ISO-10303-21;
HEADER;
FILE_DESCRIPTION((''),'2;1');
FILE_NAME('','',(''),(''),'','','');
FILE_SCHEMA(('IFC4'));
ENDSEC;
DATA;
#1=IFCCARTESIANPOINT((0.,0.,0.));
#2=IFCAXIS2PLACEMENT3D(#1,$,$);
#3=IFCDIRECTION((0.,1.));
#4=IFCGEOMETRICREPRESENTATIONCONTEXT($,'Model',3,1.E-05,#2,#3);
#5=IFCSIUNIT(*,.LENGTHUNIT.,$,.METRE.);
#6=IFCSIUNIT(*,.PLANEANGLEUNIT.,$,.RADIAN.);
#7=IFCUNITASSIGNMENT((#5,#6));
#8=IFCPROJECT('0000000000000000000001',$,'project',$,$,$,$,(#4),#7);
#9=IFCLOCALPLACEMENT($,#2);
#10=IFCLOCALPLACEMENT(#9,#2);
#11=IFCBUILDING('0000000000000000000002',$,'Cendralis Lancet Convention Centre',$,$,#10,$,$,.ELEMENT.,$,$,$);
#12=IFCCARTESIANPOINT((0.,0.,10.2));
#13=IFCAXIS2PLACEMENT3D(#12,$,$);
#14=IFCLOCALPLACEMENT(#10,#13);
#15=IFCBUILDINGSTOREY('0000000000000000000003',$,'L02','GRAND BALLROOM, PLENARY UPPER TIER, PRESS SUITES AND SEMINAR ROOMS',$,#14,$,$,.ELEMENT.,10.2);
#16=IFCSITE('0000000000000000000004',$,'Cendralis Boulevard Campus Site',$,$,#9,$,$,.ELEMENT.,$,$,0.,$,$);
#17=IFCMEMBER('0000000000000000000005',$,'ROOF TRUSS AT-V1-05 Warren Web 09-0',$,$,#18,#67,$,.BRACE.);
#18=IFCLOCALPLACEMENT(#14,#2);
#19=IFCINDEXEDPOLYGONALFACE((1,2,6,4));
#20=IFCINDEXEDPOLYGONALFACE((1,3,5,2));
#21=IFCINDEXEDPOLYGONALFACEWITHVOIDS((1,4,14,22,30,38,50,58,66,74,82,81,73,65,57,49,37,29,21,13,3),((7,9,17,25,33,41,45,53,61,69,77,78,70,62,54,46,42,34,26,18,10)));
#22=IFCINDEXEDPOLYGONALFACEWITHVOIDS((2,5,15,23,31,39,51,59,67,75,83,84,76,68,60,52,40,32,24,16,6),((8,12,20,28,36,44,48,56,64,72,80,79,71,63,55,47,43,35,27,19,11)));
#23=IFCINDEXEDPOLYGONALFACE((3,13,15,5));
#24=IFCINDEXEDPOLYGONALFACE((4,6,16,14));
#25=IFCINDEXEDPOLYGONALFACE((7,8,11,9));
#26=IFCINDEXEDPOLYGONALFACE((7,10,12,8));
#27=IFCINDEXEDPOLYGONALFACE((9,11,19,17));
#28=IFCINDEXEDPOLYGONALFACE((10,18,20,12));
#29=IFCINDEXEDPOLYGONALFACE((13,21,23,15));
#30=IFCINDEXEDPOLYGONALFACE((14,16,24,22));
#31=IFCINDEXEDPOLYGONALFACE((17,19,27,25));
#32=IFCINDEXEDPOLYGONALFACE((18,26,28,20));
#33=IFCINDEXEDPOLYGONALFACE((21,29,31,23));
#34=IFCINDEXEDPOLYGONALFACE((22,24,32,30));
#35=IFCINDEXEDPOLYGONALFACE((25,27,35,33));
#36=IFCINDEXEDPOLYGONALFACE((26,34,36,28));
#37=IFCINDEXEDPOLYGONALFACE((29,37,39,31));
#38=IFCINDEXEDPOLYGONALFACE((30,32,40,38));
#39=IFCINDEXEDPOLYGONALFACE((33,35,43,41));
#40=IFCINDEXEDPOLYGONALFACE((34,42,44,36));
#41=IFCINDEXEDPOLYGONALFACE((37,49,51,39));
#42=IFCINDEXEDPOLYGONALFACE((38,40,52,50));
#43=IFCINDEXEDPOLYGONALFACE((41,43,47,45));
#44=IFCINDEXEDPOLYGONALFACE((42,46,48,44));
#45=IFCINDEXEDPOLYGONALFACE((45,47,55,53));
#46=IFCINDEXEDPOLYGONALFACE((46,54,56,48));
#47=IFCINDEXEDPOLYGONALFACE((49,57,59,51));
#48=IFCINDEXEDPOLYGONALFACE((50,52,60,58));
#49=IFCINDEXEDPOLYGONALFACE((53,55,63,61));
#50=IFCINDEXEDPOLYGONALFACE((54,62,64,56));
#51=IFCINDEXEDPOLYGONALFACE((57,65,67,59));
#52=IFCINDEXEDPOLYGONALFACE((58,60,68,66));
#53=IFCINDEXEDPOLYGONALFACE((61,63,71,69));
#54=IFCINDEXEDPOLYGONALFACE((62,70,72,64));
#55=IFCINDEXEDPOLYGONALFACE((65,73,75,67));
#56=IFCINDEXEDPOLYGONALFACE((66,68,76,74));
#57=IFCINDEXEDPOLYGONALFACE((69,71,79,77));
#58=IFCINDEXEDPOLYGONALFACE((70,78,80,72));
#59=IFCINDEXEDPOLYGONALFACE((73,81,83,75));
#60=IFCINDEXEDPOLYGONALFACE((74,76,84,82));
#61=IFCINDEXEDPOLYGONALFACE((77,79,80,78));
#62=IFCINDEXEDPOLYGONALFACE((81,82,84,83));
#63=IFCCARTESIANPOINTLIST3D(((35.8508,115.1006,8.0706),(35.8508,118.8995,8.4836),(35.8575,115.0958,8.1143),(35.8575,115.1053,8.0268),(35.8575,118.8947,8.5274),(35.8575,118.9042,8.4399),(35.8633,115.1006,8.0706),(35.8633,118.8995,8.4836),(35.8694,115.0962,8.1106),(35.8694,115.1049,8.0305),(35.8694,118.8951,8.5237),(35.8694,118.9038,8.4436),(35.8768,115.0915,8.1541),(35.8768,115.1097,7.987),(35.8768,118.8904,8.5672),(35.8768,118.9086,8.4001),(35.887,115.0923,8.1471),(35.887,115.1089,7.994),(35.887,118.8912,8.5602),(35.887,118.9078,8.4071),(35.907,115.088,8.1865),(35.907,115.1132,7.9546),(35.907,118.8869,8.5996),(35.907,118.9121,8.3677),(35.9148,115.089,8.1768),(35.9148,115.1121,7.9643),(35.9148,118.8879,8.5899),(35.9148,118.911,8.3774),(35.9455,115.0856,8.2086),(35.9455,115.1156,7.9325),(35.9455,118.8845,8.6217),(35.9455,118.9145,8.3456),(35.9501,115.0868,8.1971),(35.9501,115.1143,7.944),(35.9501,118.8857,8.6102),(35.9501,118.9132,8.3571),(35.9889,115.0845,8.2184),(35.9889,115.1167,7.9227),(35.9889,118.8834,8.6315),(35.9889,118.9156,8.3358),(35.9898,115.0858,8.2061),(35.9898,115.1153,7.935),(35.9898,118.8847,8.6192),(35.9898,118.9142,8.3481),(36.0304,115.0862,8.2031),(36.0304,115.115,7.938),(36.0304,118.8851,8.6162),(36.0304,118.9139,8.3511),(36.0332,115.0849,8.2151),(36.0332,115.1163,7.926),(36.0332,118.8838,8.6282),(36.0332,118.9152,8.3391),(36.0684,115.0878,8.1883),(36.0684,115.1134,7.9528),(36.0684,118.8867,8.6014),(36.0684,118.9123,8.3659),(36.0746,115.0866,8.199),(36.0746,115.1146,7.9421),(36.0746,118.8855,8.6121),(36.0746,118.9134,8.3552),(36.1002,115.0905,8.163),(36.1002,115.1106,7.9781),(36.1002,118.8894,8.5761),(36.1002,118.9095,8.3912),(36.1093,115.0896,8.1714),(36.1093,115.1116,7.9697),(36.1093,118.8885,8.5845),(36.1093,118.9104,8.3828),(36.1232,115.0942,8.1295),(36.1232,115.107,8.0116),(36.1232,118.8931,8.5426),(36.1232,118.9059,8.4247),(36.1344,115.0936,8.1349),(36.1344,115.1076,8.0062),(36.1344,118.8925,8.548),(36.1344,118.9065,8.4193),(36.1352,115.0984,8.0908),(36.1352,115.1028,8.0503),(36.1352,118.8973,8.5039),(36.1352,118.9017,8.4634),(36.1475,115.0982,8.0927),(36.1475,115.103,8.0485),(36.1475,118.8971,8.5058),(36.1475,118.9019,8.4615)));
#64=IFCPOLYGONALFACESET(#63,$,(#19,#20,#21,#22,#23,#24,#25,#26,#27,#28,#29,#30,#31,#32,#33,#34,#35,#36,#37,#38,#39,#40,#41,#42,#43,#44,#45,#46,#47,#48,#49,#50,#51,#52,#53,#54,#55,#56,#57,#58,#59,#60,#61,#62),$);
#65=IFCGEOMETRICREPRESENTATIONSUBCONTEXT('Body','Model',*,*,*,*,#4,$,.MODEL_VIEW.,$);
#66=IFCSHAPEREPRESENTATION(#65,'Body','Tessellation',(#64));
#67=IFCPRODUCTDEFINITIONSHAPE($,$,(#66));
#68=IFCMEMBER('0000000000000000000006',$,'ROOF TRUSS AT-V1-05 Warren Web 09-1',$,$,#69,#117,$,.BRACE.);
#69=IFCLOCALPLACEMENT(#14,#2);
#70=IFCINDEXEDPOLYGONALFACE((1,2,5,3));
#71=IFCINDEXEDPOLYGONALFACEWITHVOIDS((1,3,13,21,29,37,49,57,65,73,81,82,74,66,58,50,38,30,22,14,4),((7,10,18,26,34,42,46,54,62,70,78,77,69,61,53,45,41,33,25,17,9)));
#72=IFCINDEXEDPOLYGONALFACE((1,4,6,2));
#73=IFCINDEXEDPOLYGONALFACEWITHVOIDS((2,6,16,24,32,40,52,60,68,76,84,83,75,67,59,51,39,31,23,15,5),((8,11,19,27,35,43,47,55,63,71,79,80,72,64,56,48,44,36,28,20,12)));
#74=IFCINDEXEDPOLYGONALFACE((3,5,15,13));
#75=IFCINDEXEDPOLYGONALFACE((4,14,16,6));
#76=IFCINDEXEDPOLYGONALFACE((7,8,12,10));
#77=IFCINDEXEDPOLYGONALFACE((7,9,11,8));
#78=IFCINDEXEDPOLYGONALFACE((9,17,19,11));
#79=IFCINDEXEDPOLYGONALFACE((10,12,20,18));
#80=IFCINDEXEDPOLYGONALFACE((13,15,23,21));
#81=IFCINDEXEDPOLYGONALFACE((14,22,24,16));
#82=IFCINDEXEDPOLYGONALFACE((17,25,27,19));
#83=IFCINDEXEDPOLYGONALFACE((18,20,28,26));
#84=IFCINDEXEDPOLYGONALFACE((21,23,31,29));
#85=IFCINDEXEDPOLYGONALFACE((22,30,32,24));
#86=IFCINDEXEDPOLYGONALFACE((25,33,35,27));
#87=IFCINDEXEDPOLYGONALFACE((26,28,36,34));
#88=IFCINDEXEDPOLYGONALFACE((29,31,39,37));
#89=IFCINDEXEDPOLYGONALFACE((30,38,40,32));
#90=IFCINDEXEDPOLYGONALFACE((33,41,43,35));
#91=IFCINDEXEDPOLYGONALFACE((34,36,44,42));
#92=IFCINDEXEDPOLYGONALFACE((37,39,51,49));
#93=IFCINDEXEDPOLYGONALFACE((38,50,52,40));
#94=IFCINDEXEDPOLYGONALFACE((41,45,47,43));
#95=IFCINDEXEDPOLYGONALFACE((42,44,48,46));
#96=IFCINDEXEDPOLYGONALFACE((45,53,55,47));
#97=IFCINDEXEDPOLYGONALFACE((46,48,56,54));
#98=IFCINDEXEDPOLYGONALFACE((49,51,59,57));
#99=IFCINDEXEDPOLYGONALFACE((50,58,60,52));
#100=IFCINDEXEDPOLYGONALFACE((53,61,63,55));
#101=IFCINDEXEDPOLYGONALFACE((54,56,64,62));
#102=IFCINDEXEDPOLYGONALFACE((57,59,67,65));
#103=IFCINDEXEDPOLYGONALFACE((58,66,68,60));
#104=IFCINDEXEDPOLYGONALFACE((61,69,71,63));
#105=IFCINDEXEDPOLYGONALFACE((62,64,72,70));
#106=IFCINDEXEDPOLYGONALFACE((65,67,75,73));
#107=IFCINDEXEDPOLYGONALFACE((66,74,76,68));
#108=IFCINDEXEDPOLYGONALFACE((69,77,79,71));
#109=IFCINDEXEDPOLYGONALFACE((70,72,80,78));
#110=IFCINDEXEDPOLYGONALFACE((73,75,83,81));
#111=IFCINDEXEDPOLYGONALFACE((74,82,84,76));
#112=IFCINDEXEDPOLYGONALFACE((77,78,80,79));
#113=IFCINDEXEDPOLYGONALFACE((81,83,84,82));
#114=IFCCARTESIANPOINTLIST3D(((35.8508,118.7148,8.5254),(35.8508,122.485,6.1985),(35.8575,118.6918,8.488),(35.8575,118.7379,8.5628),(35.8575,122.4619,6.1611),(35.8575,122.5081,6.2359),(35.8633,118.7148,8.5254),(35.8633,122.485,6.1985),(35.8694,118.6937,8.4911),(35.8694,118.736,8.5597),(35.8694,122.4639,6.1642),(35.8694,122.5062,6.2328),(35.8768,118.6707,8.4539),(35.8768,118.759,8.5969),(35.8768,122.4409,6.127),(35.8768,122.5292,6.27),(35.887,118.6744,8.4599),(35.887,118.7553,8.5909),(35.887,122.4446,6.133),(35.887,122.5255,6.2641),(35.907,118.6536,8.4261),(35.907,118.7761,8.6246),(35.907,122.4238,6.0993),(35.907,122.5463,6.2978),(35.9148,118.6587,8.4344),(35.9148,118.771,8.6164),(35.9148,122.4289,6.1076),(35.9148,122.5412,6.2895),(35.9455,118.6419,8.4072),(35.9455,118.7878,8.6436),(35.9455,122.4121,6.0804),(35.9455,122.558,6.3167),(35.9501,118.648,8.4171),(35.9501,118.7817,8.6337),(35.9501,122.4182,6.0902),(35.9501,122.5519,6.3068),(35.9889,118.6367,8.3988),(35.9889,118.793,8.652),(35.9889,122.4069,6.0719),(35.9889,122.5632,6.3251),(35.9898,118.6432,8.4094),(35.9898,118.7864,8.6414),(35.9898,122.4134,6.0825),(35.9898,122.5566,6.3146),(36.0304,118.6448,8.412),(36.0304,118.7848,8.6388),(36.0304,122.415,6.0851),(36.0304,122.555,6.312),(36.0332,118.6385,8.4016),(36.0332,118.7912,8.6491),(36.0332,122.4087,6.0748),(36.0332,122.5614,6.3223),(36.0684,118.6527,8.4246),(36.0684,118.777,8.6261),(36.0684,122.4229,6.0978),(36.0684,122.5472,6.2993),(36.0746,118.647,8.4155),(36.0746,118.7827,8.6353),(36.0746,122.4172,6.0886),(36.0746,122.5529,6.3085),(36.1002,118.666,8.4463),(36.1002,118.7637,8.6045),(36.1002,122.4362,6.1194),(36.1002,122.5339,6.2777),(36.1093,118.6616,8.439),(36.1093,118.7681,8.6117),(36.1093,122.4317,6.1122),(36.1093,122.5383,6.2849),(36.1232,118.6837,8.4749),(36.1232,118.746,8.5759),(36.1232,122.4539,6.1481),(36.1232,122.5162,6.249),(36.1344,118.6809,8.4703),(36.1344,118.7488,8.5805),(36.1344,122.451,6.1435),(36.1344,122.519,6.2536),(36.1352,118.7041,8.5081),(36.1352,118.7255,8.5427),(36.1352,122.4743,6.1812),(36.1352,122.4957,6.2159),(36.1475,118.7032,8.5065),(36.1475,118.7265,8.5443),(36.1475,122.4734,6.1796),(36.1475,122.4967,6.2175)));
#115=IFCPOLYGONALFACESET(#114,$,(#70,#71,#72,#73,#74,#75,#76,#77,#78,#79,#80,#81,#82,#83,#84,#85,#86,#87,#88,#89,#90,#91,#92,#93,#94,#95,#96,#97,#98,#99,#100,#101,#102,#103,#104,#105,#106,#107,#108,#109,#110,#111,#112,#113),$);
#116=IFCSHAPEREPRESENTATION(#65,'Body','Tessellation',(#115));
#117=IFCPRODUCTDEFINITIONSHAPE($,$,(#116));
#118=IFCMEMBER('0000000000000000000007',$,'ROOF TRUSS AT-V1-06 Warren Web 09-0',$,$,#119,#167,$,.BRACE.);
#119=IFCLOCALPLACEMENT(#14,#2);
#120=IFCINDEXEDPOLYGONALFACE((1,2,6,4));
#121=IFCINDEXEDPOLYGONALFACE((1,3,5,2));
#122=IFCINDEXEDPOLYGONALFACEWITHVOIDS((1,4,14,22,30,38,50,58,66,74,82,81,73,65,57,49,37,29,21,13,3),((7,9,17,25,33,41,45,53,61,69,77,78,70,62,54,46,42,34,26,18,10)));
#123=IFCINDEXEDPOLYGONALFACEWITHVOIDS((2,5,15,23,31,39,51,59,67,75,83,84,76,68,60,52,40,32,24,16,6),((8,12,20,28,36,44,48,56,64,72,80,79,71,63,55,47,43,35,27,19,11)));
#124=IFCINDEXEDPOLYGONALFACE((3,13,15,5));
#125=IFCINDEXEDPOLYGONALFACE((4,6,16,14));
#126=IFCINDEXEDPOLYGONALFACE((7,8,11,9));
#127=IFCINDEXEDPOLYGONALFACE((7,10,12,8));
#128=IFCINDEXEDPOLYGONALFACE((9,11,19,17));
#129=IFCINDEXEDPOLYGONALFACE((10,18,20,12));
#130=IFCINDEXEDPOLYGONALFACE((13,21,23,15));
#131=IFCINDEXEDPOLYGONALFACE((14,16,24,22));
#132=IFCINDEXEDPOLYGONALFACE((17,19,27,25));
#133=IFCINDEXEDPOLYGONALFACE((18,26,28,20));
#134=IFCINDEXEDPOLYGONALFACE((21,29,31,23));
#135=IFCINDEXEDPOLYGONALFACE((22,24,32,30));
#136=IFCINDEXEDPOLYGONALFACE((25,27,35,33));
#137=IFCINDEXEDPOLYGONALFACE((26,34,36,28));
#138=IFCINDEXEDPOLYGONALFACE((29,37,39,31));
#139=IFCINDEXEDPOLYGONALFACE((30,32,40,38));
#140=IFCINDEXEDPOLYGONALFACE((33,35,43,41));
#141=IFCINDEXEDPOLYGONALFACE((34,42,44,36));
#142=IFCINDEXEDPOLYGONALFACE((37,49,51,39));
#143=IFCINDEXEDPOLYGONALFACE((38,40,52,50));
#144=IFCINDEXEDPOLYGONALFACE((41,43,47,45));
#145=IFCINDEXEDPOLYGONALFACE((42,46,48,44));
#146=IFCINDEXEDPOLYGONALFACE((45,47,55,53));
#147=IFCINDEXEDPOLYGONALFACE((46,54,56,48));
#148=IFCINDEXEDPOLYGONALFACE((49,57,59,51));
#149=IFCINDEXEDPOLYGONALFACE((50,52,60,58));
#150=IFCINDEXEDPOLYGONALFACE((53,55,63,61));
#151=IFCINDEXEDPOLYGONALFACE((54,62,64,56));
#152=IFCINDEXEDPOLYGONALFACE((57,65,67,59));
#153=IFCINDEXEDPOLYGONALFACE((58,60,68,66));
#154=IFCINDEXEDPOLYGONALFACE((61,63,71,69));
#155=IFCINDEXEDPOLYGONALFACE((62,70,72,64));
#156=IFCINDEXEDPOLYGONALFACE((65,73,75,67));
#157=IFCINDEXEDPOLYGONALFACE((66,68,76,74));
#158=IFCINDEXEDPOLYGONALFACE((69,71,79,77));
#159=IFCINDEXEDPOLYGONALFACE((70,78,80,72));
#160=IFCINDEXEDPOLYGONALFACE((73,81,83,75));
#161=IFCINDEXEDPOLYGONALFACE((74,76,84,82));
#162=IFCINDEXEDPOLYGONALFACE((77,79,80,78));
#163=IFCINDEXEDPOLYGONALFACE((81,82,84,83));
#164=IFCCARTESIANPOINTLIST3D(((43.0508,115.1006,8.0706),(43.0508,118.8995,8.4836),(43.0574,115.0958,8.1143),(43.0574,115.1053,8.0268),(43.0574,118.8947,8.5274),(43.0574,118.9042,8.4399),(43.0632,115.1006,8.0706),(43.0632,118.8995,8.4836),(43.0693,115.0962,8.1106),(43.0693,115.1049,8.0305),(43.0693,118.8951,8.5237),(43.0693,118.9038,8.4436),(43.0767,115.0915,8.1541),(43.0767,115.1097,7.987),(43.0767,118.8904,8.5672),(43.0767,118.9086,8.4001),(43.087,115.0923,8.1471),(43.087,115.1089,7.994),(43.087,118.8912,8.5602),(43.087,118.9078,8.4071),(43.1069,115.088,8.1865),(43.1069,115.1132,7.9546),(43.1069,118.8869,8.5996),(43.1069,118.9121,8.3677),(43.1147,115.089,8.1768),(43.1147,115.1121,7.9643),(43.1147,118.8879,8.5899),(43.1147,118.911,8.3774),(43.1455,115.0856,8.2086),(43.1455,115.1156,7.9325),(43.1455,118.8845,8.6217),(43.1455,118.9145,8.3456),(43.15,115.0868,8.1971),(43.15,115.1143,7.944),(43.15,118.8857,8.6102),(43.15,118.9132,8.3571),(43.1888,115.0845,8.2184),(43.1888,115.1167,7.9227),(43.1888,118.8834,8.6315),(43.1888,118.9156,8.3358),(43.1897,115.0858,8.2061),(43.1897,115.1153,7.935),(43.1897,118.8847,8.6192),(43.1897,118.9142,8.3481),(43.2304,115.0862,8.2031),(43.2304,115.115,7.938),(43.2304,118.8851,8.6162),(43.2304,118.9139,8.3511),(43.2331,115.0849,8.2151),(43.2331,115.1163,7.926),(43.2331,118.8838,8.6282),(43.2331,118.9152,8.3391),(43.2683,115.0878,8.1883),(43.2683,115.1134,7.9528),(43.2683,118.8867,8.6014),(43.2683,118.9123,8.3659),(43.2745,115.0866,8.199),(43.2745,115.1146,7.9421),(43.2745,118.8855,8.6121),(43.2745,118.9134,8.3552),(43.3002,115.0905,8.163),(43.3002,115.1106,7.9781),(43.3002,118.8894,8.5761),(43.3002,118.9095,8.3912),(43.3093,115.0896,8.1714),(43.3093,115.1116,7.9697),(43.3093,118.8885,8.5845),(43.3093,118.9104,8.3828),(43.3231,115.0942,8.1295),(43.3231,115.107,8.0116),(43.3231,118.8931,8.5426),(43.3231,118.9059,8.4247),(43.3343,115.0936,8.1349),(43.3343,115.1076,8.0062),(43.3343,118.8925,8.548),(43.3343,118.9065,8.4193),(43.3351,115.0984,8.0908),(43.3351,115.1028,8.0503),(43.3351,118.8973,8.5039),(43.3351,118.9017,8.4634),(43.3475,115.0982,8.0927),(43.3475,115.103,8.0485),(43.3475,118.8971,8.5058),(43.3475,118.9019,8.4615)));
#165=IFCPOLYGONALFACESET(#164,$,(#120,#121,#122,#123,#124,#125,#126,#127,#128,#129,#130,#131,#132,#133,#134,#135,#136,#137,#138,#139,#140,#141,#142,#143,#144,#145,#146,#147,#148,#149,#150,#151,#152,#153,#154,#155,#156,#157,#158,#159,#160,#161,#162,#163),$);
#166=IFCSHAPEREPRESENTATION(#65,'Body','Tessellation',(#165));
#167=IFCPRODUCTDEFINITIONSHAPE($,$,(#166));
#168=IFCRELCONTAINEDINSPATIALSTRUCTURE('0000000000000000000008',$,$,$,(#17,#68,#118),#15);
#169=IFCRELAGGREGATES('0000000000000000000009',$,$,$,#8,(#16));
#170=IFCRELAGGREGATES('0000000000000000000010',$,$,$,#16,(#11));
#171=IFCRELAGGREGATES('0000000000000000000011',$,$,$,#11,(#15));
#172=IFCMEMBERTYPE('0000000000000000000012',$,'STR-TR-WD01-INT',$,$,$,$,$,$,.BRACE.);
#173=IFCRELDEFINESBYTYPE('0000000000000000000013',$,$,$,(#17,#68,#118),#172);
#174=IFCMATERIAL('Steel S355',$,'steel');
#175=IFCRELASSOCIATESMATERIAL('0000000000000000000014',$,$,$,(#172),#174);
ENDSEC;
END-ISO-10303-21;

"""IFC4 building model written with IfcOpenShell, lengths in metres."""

from ifc_helpers import new_model, si_unit, direction, frame, origin, origin_2d, place, context, subcontext, project, spatial, hollow_circle, extrude, material, material_profile, profile_set, type_object, element, save


model = new_model("IFC4")

# Units and contexts
model_context = context("Model", 3, precision=1e-05, world=origin(), true_north=direction((0.0, 1.0)))
body_context = subcontext(model_context, "Body", "Model", "MODEL_VIEW")
ifc_project = project(units=[si_unit("LENGTHUNIT", "METRE"), si_unit("PLANEANGLEUNIT", "RADIAN")], contexts=[model_context])

# Site, building, storey
site_placement = place(None, origin())
site = spatial("IfcSite", under=ifc_project, at=site_placement, Name="Cendralis Boulevard Campus Site", CompositionType="ELEMENT", RefElevation=0.0)
building_placement = place(site_placement, origin())
building = spatial("IfcBuilding", under=site, at=building_placement, Name="Cendralis Lancet Convention Centre", CompositionType="ELEMENT")
storey_placement = place(building_placement, frame((0.0, 0.0, 10.2)))
storey = spatial("IfcBuildingStorey", under=building, at=storey_placement, Name="L02", Description="GRAND BALLROOM, PLENARY UPPER TIER, PRESS SUITES AND SEMINAR ROOMS", CompositionType="ELEMENT", Elevation=10.2)

# Members
ifc_material = material(Name="Steel S355", Category="steel")
ifc_material_profile_1 = material_profile(ifc_material, hollow_circle(Radius=0.1492, WallThickness=0.0125, at=origin_2d()), Name="CHS 298.5x12.5")
ifc_profile_set_1 = profile_set([ifc_material_profile_1], Name="Steel S355")
member_type_1 = type_object("IfcMemberType", Name="STR-TR-WD01-INT", PredefinedType="BRACE", material=ifc_profile_set_1)
member_1_placement = place(storey_placement, frame((36.0, 115.1006, 8.0706), z_axis=(0.0, 0.99414, 0.108103), x_axis=(-1.0, 0.0, 0.0)))
element("IfcMember", 1, at=member_1_placement, inside=storey, type_object=member_type_1, Name="ROOF TRUSS AT-V1-05 Warren Web 09-0", PredefinedType="BRACE", context=body_context, shape_type="SweptSolid", body=[
    extrude(hollow_circle(Radius=0.1492, WallThickness=0.0125, at=origin_2d()), origin(), (0.0, 0.0, 1.0), 3.8213),
])
member_2_placement = place(storey_placement, frame((36.0, 118.7148, 8.5254), z_axis=(0.0, 0.850978, -0.525201), x_axis=(-1.0, 0.0, 0.0)))
element("IfcMember", 2, at=member_2_placement, inside=storey, type_object=member_type_1, Name="ROOF TRUSS AT-V1-05 Warren Web 09-1", PredefinedType="BRACE", context=body_context, shape_type="SweptSolid", body=[
    extrude(hollow_circle(Radius=0.1492, WallThickness=0.0125, at=origin_2d()), origin(), (0.0, 0.0, 1.0), 4.4304),
])
member_3_placement = place(storey_placement, frame((43.2, 115.1006, 8.0706), z_axis=(0.0, 0.99414, 0.108103), x_axis=(-1.0, 0.0, 0.0)))
element("IfcMember", 3, at=member_3_placement, inside=storey, type_object=member_type_1, Name="ROOF TRUSS AT-V1-06 Warren Web 09-0", PredefinedType="BRACE", context=body_context, shape_type="SweptSolid", body=[
    extrude(hollow_circle(Radius=0.1492, WallThickness=0.0125, at=origin_2d()), origin(), (0.0, 0.0, 1.0), 3.8213),
])

save(model, "model.ifc")
